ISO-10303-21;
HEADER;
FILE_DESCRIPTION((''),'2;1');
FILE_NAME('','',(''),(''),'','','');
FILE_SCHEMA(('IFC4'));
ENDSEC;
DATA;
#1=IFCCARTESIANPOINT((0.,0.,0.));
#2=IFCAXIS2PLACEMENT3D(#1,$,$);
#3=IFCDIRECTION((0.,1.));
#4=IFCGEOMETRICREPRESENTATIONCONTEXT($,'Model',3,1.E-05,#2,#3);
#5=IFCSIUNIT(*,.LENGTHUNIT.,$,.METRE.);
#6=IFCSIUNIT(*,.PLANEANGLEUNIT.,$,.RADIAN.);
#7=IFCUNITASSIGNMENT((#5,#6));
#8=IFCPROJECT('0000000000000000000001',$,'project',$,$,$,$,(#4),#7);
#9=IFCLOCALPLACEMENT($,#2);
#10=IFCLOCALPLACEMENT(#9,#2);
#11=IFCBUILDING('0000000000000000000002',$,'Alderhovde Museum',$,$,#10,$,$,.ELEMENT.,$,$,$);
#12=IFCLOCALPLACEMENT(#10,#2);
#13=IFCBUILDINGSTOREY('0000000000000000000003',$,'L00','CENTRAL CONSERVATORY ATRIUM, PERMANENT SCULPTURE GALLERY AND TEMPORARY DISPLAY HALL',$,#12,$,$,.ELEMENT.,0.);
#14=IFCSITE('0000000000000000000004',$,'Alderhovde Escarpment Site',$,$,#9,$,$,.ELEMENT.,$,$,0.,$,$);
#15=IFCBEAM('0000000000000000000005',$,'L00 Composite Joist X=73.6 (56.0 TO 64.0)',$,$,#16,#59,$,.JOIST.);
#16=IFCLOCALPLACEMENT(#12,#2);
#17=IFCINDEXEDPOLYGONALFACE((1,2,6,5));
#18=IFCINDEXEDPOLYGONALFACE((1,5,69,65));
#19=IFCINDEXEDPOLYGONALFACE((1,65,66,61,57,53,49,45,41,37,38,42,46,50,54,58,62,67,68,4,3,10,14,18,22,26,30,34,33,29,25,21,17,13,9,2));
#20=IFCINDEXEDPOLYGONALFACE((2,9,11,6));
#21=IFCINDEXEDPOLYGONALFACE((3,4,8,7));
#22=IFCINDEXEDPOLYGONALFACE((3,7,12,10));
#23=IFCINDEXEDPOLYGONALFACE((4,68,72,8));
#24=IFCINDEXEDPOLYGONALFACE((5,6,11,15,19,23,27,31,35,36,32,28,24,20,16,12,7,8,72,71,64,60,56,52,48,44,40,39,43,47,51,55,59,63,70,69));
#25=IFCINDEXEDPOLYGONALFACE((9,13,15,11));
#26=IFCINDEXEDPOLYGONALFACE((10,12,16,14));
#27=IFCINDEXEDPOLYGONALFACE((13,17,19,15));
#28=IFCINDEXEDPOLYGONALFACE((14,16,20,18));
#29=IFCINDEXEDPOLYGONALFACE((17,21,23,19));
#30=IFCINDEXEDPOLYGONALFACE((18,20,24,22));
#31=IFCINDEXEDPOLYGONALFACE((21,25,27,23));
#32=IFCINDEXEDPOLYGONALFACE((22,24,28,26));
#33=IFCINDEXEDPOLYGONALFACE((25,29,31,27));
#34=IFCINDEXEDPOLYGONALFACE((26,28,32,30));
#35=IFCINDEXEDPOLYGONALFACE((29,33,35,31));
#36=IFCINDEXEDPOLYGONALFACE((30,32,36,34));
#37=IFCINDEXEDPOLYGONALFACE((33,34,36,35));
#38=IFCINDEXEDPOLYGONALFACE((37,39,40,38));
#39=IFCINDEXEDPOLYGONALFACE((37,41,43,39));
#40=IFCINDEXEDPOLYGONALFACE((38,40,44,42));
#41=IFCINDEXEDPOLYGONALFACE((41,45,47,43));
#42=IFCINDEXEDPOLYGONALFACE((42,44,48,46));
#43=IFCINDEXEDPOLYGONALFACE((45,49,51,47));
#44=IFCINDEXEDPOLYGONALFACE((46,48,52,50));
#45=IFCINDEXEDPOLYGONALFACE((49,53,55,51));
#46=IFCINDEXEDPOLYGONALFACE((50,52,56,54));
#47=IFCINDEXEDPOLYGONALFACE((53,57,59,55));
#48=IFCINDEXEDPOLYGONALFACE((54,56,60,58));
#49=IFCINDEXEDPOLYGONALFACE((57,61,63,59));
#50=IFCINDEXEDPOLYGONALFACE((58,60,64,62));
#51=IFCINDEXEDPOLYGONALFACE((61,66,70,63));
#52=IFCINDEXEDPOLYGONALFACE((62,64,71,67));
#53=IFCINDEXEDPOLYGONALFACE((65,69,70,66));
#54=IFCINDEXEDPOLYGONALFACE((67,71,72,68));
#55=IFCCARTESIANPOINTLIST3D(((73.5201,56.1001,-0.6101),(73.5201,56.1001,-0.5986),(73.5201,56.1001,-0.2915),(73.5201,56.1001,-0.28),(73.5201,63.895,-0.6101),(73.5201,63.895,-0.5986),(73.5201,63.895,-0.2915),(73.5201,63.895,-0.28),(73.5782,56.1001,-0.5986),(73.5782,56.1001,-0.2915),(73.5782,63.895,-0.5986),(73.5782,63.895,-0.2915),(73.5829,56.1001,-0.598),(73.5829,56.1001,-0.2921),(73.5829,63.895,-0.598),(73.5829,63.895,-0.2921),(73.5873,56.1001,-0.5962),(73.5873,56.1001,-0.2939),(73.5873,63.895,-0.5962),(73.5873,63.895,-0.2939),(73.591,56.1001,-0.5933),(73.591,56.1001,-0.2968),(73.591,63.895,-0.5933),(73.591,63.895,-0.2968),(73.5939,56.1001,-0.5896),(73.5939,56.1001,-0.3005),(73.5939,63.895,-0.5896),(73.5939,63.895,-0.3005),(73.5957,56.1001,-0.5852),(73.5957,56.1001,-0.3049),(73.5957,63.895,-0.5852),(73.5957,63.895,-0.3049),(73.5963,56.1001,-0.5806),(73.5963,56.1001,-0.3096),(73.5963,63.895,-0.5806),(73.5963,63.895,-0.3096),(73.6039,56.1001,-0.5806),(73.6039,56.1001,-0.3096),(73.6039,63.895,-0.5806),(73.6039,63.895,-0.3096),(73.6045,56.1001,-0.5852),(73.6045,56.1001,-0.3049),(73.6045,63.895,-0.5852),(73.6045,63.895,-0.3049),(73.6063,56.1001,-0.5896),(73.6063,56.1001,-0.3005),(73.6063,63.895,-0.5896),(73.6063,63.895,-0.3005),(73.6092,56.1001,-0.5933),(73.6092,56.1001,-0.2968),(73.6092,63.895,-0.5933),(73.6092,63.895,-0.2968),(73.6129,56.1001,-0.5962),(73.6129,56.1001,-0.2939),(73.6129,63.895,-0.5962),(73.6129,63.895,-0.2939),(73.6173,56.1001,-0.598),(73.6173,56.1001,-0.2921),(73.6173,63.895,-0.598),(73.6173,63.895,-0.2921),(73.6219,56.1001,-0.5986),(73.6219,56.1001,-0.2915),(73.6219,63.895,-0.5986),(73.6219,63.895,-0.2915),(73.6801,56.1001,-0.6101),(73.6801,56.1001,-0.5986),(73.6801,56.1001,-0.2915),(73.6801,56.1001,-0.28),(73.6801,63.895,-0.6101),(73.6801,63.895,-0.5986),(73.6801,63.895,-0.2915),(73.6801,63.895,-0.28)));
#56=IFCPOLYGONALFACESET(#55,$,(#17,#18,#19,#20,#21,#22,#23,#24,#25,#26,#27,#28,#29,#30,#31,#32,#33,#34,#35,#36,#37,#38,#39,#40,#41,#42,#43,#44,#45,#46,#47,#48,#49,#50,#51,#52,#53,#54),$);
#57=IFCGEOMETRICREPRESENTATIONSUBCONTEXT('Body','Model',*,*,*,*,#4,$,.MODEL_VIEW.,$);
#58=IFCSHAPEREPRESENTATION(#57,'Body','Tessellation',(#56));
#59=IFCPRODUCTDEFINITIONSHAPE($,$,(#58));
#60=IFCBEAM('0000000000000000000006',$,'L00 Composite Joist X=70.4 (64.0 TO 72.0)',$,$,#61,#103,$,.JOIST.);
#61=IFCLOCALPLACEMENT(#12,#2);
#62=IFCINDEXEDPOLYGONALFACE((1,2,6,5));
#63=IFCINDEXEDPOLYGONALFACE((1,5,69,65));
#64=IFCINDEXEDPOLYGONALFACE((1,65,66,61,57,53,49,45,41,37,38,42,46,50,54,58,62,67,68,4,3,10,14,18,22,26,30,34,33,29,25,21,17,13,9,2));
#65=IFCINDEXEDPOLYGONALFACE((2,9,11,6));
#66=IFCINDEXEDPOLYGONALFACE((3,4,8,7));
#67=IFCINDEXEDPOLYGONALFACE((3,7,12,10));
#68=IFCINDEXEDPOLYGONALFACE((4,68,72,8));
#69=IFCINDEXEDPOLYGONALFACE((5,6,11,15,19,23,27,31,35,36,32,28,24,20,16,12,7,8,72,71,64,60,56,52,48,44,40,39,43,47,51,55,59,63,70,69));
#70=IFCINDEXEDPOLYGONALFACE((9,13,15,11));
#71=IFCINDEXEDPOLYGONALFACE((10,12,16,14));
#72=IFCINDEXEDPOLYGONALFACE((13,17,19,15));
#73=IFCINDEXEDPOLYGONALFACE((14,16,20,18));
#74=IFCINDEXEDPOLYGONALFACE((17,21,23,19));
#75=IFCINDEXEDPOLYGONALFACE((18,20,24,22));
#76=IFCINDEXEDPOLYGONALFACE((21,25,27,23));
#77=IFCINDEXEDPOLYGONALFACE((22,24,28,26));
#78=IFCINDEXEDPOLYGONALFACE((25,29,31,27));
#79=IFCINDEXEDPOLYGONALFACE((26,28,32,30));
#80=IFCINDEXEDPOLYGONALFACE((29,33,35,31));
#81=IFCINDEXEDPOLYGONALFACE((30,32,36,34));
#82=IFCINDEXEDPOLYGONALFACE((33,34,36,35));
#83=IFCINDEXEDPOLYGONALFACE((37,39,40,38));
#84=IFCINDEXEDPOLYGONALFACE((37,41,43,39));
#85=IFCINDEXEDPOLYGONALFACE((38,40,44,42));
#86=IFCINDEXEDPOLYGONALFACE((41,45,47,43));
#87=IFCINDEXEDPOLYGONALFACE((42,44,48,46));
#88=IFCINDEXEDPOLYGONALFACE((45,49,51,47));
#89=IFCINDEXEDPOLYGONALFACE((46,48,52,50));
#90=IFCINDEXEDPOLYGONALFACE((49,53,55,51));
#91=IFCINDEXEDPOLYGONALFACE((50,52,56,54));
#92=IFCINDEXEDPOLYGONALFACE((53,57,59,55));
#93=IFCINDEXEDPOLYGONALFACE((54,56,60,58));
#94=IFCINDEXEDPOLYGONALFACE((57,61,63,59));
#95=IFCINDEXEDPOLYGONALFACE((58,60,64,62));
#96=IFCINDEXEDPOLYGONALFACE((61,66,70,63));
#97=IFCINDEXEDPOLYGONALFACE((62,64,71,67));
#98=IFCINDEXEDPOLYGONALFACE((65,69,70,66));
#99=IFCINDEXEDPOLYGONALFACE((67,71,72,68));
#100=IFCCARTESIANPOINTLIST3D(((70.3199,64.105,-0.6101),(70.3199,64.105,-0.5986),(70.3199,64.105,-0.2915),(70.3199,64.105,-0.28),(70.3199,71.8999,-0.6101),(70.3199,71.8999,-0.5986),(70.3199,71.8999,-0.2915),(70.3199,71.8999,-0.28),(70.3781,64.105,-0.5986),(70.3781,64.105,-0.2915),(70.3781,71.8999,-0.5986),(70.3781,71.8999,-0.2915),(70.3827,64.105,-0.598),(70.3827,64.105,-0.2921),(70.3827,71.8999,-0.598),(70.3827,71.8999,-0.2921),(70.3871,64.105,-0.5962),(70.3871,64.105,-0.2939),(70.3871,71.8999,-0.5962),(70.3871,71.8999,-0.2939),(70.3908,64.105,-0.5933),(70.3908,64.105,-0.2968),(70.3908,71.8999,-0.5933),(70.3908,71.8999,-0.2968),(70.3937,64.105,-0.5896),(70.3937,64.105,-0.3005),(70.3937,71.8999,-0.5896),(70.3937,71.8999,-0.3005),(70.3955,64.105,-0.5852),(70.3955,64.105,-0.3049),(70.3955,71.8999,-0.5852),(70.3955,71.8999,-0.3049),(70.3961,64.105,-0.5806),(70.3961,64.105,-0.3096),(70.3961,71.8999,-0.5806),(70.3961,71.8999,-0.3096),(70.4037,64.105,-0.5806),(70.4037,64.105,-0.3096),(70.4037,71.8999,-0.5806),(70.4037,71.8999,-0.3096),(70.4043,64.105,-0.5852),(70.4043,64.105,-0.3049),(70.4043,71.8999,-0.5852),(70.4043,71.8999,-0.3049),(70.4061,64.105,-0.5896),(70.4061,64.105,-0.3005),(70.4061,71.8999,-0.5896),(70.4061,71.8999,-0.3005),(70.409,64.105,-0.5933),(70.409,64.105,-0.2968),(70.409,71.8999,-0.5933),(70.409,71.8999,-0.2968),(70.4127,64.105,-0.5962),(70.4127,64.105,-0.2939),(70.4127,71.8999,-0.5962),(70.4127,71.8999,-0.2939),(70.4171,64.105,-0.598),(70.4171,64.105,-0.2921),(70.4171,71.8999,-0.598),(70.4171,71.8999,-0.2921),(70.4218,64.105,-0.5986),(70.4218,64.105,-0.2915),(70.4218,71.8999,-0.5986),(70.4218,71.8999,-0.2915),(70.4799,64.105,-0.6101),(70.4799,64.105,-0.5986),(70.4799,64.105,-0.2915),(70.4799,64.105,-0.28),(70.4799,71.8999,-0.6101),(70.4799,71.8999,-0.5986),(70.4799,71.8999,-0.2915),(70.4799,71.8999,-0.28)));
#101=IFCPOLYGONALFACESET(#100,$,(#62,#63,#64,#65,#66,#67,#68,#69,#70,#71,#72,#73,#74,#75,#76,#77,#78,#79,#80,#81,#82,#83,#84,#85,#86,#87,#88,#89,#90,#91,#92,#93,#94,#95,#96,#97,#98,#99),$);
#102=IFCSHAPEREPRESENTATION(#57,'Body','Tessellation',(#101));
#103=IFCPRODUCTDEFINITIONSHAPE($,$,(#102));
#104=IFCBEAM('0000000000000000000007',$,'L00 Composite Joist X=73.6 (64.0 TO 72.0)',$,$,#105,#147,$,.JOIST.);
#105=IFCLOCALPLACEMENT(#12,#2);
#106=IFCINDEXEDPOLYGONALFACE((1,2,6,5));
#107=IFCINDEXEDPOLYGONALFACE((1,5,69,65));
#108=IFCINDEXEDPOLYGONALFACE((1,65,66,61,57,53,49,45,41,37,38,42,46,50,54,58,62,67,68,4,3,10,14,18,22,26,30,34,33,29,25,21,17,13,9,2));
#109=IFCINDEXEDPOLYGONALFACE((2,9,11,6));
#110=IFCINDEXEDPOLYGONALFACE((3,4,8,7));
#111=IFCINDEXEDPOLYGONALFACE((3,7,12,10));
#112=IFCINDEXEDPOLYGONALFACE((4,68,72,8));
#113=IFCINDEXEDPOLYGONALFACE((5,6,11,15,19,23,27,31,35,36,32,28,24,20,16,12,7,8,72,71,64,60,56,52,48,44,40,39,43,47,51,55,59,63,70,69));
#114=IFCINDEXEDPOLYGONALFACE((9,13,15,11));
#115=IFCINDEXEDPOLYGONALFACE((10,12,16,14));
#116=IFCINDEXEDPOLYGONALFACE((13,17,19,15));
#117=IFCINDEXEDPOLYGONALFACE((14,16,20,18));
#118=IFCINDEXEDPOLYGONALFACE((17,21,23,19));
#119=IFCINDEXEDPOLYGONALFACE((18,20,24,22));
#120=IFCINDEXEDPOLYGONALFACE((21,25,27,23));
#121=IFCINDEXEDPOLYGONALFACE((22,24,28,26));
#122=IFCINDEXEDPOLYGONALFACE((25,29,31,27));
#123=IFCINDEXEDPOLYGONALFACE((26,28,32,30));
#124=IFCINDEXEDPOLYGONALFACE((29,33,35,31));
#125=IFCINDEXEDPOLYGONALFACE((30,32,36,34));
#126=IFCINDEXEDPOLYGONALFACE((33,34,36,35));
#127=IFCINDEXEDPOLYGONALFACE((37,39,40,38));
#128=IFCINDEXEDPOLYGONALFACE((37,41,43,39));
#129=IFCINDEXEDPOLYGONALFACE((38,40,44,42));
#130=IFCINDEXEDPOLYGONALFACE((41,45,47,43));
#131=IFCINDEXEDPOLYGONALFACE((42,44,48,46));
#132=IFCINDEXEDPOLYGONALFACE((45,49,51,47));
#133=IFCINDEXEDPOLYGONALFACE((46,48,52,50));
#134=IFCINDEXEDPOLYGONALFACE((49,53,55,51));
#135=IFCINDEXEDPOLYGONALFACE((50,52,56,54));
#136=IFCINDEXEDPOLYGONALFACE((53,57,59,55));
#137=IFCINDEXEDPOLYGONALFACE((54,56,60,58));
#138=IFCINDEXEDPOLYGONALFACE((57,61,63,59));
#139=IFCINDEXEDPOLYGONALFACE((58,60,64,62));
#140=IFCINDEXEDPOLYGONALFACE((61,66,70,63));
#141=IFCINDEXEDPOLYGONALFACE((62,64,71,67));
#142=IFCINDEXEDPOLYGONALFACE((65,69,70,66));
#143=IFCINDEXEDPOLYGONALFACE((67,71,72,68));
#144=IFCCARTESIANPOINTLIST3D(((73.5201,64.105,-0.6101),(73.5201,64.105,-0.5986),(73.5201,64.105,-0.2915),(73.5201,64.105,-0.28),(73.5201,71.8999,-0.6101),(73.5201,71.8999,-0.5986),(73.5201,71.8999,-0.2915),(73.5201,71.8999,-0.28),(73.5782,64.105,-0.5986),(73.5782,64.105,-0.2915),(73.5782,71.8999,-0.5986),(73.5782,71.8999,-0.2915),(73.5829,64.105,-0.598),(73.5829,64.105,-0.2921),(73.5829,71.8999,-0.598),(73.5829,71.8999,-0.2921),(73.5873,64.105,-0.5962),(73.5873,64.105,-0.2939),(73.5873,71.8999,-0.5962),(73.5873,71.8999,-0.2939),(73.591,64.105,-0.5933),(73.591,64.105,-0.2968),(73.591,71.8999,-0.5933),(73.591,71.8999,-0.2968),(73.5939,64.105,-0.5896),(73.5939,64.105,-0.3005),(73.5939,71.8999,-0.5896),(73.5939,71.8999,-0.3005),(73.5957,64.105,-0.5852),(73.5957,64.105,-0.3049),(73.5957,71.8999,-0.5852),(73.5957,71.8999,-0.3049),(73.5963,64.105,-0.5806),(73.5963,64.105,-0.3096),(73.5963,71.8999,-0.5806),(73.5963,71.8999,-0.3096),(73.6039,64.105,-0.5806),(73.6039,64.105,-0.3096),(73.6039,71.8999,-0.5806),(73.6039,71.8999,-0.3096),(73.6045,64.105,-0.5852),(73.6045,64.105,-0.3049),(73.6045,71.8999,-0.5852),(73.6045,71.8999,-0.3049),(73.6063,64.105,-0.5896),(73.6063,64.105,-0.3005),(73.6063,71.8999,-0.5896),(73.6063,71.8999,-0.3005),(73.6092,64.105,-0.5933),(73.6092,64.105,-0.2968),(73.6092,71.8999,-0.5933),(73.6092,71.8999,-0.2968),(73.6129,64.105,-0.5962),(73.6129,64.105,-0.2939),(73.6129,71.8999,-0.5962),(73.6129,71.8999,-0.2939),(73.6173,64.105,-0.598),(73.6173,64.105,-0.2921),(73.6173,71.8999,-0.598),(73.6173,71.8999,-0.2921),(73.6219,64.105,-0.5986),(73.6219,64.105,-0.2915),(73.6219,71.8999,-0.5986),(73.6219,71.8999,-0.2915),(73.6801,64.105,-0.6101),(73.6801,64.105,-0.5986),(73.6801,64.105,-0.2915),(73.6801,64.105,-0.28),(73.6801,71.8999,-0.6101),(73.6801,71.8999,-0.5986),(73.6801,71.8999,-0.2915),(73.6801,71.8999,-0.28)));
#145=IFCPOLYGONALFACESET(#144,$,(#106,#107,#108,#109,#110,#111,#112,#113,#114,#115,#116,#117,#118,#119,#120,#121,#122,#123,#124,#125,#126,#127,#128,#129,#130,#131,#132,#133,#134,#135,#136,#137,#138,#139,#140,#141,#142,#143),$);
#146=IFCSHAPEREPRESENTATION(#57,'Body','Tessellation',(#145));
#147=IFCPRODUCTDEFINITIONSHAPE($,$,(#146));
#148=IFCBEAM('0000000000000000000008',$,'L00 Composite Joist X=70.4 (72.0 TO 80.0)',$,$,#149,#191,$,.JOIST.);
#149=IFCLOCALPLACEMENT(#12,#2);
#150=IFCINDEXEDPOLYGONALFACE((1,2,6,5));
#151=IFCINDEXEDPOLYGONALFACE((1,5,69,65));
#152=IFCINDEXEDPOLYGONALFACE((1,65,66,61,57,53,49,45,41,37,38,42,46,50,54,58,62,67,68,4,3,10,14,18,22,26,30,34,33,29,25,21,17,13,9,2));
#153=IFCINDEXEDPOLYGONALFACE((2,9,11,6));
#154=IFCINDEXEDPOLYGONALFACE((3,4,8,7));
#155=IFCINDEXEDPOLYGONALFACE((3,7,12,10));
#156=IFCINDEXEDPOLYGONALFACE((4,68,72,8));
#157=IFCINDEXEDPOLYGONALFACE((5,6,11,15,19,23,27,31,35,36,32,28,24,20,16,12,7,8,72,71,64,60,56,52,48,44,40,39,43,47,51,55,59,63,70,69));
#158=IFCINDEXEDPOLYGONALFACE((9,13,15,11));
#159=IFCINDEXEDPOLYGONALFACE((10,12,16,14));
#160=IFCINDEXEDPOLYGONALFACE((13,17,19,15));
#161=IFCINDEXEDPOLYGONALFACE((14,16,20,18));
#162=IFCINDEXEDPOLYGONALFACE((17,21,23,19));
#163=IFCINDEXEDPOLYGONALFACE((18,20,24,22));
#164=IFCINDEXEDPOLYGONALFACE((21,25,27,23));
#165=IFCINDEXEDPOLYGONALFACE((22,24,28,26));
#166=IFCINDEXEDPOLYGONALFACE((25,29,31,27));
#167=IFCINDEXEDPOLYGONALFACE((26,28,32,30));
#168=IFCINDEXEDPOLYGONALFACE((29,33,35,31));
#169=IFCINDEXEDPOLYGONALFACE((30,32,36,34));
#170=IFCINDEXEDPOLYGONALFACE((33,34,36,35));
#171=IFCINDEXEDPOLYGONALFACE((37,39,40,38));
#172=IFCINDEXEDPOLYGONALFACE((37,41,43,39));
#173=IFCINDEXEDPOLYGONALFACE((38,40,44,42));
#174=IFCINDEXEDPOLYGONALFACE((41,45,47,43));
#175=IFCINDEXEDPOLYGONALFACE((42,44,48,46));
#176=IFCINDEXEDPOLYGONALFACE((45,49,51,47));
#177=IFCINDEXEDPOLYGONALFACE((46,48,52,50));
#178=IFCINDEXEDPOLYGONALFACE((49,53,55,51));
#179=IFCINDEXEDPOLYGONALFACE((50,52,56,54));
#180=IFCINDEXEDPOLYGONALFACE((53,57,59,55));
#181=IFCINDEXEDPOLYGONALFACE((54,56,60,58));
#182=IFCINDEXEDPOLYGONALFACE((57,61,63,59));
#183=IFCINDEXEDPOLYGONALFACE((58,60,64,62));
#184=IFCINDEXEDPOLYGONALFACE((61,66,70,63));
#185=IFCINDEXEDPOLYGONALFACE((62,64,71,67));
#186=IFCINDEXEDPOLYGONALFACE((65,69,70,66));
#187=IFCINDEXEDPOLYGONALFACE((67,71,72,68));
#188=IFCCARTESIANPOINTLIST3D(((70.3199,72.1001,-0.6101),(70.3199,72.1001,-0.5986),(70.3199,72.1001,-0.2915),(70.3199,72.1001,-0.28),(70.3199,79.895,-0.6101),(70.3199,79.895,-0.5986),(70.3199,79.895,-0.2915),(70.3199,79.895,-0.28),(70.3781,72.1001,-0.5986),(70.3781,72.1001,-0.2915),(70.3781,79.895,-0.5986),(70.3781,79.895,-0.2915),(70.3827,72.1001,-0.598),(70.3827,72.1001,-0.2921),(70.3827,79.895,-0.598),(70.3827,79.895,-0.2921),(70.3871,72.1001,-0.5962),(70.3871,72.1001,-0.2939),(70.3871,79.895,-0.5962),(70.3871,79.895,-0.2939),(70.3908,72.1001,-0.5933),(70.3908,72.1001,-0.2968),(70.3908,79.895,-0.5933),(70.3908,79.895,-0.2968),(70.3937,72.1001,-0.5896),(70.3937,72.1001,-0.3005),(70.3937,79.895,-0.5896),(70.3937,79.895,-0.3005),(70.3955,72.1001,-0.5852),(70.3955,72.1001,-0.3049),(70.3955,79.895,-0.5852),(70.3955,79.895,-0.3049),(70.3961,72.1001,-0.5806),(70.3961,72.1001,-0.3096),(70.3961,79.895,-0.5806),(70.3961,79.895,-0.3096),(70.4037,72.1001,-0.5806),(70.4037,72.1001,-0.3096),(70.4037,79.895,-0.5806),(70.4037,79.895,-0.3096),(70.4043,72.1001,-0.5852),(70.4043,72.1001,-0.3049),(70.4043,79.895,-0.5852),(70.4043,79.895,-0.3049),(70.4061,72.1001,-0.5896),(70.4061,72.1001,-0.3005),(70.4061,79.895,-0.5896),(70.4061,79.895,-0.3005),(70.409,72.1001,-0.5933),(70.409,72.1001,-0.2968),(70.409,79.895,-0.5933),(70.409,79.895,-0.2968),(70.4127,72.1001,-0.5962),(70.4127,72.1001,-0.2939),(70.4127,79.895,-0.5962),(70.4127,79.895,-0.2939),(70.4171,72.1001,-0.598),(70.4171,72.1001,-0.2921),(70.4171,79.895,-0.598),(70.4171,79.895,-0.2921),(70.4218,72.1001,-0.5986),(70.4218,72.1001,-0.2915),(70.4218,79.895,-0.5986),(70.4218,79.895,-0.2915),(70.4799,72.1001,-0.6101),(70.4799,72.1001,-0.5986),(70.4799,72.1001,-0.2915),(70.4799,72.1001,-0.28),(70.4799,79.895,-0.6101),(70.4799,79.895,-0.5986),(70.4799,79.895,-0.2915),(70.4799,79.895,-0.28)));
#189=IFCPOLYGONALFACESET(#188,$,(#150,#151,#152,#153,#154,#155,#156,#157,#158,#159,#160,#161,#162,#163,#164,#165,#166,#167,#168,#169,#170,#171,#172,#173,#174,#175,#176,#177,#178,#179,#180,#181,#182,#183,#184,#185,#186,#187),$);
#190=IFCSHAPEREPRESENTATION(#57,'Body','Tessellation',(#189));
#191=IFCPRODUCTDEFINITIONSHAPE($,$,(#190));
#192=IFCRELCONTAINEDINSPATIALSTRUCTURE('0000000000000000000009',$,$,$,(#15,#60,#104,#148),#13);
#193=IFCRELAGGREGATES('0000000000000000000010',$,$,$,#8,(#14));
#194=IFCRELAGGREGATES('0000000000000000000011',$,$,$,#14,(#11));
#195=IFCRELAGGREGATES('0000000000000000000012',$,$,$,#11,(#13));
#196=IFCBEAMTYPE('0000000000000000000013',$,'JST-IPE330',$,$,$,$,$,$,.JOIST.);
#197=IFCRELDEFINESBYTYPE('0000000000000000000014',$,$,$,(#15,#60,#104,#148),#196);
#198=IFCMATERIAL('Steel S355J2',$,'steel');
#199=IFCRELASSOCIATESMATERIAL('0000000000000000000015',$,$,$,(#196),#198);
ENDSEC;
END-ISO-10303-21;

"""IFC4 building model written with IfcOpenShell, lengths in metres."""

from ifc_helpers import new_model, si_unit, direction, frame, origin, origin_2d, place, context, subcontext, project, spatial, i_section, extrude, material, material_profile, profile_set, type_object, element, save


model = new_model("IFC4")

# Units and contexts
model_context = context("Model", 3, precision=1e-05, world=origin(), true_north=direction((0.0, 1.0)))
body_context = subcontext(model_context, "Body", "Model", "MODEL_VIEW")
ifc_project = project(units=[si_unit("LENGTHUNIT", "METRE"), si_unit("PLANEANGLEUNIT", "RADIAN")], contexts=[model_context])

# Site, building, storey
site_placement = place(None, origin())
site = spatial("IfcSite", under=ifc_project, at=site_placement, Name="Alderhovde Escarpment Site", CompositionType="ELEMENT", RefElevation=0.0)
building_placement = place(site_placement, origin())
building = spatial("IfcBuilding", under=site, at=building_placement, Name="Alderhovde Museum", CompositionType="ELEMENT")
storey_placement = place(building_placement, origin())
storey = spatial("IfcBuildingStorey", under=building, at=storey_placement, Name="L00", Description="CENTRAL CONSERVATORY ATRIUM, PERMANENT SCULPTURE GALLERY AND TEMPORARY DISPLAY HALL", CompositionType="ELEMENT", Elevation=0.0)

# Beams
ifc_material_1 = material(Name="Steel S355J2", Category="steel")
ifc_material_profile_1 = material_profile(ifc_material_1, i_section(OverallWidth=0.1599, OverallDepth=0.3301, WebThickness=0.0076, FlangeThickness=0.0115, FilletRadius=0.0181, at=origin_2d()), Name="IPE 330")
ifc_profile_set_1 = profile_set([ifc_material_profile_1], Name="Steel S355J2")
beam_type_1 = type_object("IfcBeamType", Name="JST-IPE330", PredefinedType="JOIST", material=ifc_profile_set_1)
for number, where, z_axis, x_axis, name in (
    (1, (73.6001, 56.1001, -0.4451), (0.0, 1.0, 0.0), (-1.0, 0.0, 0.0), "L00 Composite Joist X=73.6 (56.0 TO 64.0)"),
    (2, (70.3999, 64.105, -0.4451), (0.0, 1.0, 0.0), (-1.0, 0.0, 0.0), "L00 Composite Joist X=70.4 (64.0 TO 72.0)"),
    (3, (73.6001, 64.105, -0.4451), (0.0, 1.0, 0.0), (-1.0, 0.0, 0.0), "L00 Composite Joist X=73.6 (64.0 TO 72.0)"),
    (4, (70.3999, 72.1001, -0.4451), (0.0, 1.0, 0.0), (-1.0, 0.0, 0.0), "L00 Composite Joist X=70.4 (72.0 TO 80.0)"),
):
    element("IfcBeam", number, at=place(storey_placement, frame(where, z_axis=z_axis, x_axis=x_axis)), inside=storey, type_object=beam_type_1, Name=name, PredefinedType="JOIST", context=body_context, shape_type="SweptSolid", body=[
        extrude(i_section(OverallWidth=0.1599, OverallDepth=0.3301, WebThickness=0.0076, FlangeThickness=0.0115, FilletRadius=0.0181, at=origin_2d()), origin(), (0.0, 0.0, 1.0), 7.7949),
    ])

save(model, "model.ifc")
